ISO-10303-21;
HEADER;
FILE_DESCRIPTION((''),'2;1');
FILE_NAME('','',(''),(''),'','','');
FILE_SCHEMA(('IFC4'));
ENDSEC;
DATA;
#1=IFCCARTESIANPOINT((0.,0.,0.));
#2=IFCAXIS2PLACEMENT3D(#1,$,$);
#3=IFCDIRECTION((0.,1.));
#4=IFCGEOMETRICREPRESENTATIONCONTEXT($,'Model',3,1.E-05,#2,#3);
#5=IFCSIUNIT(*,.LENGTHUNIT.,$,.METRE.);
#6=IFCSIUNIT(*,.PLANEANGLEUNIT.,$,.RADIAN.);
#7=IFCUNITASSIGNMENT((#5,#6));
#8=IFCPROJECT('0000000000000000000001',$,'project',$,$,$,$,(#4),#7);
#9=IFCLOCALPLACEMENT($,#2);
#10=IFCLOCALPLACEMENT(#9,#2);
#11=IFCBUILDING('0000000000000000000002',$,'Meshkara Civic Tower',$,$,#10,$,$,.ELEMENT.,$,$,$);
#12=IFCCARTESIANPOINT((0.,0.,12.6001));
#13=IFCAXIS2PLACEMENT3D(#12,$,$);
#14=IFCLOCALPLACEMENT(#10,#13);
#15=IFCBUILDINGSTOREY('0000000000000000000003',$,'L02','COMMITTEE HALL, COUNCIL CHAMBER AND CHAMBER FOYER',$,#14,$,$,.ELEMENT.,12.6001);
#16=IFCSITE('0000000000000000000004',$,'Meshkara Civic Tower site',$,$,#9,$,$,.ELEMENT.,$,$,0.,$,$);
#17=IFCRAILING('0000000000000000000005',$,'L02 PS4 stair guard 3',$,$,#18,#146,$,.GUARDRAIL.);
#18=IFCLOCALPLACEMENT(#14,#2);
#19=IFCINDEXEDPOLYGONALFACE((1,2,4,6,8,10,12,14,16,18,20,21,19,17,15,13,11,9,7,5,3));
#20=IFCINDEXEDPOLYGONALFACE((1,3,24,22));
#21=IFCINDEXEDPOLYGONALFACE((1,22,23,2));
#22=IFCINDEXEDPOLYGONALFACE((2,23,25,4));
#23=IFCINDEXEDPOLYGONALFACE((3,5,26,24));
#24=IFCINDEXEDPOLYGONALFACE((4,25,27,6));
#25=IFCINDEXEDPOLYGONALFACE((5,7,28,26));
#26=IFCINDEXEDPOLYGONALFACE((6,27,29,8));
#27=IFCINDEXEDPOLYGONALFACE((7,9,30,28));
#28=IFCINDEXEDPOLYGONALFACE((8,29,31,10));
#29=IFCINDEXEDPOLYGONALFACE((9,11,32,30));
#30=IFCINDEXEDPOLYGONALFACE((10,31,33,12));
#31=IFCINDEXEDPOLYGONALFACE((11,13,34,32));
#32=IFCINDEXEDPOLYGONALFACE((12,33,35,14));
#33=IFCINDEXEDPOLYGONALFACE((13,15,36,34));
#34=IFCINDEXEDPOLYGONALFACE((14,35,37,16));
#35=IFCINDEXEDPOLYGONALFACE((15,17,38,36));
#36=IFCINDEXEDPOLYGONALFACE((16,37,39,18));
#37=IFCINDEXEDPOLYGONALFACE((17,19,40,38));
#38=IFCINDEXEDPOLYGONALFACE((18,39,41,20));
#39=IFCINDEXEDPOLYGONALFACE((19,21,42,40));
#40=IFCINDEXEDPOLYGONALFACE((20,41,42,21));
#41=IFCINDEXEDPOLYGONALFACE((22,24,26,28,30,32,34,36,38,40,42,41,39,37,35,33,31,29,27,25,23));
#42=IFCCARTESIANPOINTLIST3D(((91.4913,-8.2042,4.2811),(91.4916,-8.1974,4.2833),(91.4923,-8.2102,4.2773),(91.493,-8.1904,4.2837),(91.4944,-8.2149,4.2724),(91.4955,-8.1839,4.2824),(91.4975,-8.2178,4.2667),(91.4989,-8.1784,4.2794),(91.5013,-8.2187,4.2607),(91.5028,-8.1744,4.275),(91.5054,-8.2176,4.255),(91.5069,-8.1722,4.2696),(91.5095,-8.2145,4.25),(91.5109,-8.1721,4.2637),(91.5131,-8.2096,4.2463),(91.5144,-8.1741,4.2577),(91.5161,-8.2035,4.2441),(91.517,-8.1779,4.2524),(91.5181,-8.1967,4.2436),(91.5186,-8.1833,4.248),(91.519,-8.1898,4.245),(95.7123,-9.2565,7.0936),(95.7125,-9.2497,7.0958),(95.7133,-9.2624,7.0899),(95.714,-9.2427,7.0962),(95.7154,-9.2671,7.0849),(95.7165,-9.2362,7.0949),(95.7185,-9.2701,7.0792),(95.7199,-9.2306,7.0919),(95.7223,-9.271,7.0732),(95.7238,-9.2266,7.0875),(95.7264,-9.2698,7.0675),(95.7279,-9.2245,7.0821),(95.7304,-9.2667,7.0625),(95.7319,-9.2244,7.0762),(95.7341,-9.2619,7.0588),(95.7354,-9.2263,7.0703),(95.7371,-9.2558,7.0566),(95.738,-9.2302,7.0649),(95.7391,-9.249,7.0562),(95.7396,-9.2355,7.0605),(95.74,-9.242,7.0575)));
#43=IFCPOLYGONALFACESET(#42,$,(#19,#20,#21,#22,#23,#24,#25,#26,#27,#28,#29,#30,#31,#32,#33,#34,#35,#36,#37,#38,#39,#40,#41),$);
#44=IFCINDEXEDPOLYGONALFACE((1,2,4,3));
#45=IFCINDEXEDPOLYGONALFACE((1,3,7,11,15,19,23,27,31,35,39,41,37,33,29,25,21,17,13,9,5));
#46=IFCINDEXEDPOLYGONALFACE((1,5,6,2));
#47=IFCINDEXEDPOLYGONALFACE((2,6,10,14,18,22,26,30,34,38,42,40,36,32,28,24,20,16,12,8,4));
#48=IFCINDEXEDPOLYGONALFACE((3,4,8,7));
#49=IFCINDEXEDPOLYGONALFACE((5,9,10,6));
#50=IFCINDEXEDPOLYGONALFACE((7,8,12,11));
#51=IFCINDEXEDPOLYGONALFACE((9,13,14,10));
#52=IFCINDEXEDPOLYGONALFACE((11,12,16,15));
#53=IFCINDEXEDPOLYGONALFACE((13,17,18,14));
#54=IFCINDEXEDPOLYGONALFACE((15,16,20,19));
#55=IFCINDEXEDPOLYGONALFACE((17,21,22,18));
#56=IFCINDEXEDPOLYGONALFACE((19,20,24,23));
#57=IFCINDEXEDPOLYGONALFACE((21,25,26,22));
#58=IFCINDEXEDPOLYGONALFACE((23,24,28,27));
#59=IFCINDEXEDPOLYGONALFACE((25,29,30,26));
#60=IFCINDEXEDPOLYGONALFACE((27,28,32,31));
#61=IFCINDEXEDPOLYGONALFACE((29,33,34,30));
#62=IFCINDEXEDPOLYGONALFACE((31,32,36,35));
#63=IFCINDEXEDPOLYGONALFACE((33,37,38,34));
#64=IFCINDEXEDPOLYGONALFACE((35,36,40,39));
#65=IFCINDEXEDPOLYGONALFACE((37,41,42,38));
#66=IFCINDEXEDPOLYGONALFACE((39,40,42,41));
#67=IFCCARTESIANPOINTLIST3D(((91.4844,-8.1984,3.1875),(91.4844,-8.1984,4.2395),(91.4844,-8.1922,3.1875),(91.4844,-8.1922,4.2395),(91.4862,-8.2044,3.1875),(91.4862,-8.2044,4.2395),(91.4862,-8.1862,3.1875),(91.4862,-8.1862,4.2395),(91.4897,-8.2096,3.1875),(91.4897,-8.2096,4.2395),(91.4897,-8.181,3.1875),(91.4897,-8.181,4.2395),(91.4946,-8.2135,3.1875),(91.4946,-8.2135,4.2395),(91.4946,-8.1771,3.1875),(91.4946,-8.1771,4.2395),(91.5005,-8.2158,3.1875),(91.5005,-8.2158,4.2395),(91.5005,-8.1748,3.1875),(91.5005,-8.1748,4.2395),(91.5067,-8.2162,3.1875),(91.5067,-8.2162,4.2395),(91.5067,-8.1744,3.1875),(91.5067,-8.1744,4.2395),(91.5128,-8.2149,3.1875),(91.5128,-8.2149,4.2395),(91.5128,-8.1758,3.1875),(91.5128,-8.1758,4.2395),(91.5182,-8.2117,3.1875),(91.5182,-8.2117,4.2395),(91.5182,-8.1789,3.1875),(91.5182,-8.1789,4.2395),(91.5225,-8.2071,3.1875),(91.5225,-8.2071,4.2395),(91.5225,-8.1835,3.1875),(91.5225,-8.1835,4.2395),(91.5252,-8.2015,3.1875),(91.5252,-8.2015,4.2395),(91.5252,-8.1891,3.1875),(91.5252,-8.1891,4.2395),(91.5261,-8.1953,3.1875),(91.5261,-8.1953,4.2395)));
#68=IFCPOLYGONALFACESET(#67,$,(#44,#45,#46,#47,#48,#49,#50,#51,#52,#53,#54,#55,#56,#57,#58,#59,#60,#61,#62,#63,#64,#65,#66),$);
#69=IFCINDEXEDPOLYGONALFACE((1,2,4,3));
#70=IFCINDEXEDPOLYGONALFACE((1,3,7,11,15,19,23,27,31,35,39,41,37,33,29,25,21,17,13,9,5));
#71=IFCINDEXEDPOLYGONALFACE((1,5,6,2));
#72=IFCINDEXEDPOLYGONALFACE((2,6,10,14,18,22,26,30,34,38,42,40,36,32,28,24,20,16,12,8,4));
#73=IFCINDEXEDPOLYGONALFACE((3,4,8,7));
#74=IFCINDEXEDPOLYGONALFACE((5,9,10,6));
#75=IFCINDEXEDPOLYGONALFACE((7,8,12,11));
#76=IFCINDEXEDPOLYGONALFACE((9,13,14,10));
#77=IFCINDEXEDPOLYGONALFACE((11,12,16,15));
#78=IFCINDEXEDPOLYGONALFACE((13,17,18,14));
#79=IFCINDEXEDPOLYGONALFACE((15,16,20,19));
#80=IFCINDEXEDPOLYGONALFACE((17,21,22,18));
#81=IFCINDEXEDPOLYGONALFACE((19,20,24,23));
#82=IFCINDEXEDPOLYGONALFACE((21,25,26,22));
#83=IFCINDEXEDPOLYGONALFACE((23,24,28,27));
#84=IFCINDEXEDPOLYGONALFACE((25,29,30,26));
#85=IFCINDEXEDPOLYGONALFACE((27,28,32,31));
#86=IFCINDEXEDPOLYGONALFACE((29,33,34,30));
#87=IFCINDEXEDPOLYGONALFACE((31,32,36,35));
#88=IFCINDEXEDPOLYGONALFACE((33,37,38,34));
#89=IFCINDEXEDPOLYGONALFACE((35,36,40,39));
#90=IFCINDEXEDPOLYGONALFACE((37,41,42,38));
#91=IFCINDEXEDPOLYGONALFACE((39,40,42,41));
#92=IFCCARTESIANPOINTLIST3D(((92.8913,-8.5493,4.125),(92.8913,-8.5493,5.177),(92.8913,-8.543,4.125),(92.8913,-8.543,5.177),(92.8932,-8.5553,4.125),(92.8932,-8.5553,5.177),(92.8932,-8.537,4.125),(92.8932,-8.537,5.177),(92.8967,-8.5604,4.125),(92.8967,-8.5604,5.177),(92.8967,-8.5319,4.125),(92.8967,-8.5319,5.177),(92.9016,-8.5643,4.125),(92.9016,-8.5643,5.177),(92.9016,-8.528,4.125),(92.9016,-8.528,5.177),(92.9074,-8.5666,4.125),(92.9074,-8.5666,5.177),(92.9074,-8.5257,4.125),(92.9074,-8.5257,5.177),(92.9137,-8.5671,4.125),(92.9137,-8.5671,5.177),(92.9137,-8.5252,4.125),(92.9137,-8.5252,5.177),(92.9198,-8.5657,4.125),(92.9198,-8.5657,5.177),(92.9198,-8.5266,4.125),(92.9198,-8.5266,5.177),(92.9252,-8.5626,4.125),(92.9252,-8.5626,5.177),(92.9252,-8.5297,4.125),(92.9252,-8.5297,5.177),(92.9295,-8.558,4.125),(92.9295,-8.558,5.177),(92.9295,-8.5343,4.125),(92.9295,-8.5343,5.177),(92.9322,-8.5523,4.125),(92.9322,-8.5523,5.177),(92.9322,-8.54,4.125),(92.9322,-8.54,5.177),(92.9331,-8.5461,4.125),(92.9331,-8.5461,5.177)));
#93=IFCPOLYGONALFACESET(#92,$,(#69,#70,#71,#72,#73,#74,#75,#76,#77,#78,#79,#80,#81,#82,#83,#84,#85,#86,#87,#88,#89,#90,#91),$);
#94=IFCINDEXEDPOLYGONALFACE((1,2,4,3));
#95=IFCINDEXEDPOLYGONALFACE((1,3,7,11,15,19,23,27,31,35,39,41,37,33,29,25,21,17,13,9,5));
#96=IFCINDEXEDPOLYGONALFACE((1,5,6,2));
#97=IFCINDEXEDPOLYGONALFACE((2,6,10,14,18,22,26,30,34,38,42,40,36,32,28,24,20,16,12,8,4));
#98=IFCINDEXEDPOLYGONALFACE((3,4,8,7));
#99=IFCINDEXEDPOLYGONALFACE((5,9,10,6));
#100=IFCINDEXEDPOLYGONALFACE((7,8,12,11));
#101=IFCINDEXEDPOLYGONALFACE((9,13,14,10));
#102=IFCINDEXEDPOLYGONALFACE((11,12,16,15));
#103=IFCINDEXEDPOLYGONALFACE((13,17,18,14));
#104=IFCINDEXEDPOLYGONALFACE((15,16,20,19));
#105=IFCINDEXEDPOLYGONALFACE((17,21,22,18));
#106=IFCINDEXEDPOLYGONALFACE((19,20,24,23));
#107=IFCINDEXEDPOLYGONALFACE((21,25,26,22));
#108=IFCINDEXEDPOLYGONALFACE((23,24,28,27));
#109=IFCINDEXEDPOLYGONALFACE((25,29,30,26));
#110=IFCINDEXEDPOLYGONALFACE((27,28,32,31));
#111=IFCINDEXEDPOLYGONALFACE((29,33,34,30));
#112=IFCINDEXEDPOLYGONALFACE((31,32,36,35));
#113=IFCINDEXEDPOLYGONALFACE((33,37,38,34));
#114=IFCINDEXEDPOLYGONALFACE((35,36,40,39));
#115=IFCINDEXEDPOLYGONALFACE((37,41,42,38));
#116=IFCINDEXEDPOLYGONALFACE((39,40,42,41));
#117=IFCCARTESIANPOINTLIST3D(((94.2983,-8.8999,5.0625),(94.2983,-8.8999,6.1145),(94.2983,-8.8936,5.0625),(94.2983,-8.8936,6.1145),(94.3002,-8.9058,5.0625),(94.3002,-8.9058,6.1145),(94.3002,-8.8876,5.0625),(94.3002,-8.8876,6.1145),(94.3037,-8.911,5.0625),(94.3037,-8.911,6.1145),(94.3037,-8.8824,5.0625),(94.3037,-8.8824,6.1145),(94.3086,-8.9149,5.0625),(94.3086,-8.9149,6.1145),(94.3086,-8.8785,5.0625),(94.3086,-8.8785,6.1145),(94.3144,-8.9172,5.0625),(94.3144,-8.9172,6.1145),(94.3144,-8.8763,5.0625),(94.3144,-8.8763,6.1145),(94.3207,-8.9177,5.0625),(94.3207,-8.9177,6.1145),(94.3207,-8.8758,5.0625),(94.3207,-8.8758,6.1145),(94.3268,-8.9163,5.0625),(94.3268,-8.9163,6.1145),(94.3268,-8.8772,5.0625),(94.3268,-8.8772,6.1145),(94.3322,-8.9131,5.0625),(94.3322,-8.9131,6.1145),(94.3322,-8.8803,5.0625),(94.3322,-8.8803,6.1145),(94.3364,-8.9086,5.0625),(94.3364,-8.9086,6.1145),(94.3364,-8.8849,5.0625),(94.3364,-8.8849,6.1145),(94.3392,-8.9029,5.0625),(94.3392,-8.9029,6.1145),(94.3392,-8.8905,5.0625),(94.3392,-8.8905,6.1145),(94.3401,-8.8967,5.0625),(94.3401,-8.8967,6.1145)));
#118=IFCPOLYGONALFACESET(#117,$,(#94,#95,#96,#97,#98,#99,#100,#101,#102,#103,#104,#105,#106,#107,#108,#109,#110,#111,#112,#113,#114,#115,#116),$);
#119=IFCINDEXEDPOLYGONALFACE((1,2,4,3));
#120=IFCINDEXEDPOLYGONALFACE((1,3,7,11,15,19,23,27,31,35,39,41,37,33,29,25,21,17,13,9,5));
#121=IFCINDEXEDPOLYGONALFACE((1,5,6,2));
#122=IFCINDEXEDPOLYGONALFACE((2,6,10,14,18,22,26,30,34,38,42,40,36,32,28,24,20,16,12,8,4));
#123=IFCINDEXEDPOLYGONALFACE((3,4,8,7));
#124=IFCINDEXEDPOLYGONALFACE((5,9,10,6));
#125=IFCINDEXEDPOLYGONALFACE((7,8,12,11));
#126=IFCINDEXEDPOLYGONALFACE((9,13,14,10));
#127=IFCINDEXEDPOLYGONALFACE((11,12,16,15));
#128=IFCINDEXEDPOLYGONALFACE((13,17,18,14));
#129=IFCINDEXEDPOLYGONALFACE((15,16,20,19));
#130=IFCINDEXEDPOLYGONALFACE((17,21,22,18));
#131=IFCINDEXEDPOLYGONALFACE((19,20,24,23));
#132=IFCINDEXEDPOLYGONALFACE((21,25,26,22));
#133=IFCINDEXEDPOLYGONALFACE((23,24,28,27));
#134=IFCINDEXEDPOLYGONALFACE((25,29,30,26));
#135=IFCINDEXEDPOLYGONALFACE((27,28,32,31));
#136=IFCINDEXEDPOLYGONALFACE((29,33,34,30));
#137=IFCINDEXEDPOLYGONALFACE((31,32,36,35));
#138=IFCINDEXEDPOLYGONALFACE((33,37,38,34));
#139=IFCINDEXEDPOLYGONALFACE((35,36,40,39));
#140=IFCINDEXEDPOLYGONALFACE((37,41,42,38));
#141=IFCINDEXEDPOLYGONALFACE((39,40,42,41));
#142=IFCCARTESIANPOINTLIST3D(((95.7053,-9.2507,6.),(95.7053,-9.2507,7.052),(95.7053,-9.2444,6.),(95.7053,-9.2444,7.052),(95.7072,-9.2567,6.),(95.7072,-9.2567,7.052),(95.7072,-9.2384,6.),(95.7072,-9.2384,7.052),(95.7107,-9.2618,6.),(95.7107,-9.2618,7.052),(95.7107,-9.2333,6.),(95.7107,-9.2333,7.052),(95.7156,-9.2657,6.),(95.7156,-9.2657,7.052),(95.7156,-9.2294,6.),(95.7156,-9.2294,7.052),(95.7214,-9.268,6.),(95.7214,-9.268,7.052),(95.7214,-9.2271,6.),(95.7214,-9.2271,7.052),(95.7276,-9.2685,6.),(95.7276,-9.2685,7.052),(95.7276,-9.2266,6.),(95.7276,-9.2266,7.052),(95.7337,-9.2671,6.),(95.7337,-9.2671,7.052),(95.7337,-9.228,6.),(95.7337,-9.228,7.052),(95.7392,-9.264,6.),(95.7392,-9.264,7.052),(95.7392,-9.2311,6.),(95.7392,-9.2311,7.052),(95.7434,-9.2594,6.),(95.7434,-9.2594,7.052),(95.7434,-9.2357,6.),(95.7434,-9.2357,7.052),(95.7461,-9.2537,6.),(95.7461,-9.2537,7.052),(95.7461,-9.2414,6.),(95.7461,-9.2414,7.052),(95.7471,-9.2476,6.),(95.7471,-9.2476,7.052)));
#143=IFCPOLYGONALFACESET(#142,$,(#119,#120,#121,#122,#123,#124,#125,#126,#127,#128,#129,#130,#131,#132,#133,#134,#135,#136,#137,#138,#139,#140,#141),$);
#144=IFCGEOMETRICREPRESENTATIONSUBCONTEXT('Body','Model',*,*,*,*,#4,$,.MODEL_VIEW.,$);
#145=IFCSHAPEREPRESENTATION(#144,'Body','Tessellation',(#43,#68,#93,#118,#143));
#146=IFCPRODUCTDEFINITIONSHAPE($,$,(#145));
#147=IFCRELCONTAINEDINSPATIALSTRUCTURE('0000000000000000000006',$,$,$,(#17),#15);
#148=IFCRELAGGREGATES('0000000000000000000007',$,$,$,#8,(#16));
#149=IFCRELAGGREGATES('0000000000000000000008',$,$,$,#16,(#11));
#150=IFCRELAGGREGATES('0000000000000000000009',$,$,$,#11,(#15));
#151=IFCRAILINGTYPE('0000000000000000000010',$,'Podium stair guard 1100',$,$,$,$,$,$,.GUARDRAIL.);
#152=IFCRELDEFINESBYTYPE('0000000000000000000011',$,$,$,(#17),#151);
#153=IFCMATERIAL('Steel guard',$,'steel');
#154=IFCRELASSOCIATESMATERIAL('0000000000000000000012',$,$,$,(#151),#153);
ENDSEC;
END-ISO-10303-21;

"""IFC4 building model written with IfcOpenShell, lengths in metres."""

from ifc_helpers import new_model, si_unit, direction, frame, origin, origin_2d, place, context, subcontext, project, spatial, circle, extrude, material, type_object, element, save


model = new_model("IFC4")

# Units and contexts
model_context = context("Model", 3, precision=1e-05, world=origin(), true_north=direction((0.0, 1.0)))
body_context = subcontext(model_context, "Body", "Model", "MODEL_VIEW")
ifc_project = project(units=[si_unit("LENGTHUNIT", "METRE"), si_unit("PLANEANGLEUNIT", "RADIAN")], contexts=[model_context])

# Site, building, storey
site_placement = place(None, origin())
site = spatial("IfcSite", under=ifc_project, at=site_placement, Name="Meshkara Civic Tower site", CompositionType="ELEMENT", RefElevation=0.0)
building_placement = place(site_placement, origin())
building = spatial("IfcBuilding", under=site, at=building_placement, Name="Meshkara Civic Tower", CompositionType="ELEMENT")
storey_placement = place(building_placement, frame((0.0, 0.0, 12.6001)))
storey = spatial("IfcBuildingStorey", under=building, at=storey_placement, Name="L02", Description="COMMITTEE HALL, COUNCIL CHAMBER AND CHAMBER FOYER", CompositionType="ELEMENT", Elevation=12.6001)

# Railing
ifc_material_1 = material(Name="Steel guard", Category="steel")
railing_type_1 = type_object("IfcRailingType", Name="Podium stair guard 1100", PredefinedType="GUARDRAIL", material=ifc_material_1)
railing_1_placement = place(storey_placement, frame((91.5051, -8.1953, 3.1875)))
element("IfcRailing", 1, at=railing_1_placement, inside=storey, type_object=railing_type_1, Name="L02 PS4 stair guard 3", PredefinedType="GUARDRAIL", context=body_context, shape_type="SweptSolid", body=[
    extrude(circle(Radius=0.0239, at=origin_2d()), frame((0.0, 0.0, 1.0762), z_axis=(0.814834, -0.203131, 0.54294), x_axis=(0.241889, 0.970304, 0.0)), (0.0, 0.0, 1.0), 5.1802),
    extrude(circle(Radius=0.021, at=origin_2d()), origin(), (0.0, 0.0, 1.0), 1.052),
    extrude(circle(Radius=0.021, at=origin_2d()), frame((1.407, -0.3508, 0.9375)), (0.0, 0.0, 1.0), 1.052),
    extrude(circle(Radius=0.021, at=origin_2d()), frame((2.814, -0.7014, 1.875)), (0.0, 0.0, 1.0), 1.052),
    extrude(circle(Radius=0.021, at=origin_2d()), frame((4.2209, -1.0522, 2.8125)), (0.0, 0.0, 1.0), 1.052),
])

save(model, "model.ifc")
